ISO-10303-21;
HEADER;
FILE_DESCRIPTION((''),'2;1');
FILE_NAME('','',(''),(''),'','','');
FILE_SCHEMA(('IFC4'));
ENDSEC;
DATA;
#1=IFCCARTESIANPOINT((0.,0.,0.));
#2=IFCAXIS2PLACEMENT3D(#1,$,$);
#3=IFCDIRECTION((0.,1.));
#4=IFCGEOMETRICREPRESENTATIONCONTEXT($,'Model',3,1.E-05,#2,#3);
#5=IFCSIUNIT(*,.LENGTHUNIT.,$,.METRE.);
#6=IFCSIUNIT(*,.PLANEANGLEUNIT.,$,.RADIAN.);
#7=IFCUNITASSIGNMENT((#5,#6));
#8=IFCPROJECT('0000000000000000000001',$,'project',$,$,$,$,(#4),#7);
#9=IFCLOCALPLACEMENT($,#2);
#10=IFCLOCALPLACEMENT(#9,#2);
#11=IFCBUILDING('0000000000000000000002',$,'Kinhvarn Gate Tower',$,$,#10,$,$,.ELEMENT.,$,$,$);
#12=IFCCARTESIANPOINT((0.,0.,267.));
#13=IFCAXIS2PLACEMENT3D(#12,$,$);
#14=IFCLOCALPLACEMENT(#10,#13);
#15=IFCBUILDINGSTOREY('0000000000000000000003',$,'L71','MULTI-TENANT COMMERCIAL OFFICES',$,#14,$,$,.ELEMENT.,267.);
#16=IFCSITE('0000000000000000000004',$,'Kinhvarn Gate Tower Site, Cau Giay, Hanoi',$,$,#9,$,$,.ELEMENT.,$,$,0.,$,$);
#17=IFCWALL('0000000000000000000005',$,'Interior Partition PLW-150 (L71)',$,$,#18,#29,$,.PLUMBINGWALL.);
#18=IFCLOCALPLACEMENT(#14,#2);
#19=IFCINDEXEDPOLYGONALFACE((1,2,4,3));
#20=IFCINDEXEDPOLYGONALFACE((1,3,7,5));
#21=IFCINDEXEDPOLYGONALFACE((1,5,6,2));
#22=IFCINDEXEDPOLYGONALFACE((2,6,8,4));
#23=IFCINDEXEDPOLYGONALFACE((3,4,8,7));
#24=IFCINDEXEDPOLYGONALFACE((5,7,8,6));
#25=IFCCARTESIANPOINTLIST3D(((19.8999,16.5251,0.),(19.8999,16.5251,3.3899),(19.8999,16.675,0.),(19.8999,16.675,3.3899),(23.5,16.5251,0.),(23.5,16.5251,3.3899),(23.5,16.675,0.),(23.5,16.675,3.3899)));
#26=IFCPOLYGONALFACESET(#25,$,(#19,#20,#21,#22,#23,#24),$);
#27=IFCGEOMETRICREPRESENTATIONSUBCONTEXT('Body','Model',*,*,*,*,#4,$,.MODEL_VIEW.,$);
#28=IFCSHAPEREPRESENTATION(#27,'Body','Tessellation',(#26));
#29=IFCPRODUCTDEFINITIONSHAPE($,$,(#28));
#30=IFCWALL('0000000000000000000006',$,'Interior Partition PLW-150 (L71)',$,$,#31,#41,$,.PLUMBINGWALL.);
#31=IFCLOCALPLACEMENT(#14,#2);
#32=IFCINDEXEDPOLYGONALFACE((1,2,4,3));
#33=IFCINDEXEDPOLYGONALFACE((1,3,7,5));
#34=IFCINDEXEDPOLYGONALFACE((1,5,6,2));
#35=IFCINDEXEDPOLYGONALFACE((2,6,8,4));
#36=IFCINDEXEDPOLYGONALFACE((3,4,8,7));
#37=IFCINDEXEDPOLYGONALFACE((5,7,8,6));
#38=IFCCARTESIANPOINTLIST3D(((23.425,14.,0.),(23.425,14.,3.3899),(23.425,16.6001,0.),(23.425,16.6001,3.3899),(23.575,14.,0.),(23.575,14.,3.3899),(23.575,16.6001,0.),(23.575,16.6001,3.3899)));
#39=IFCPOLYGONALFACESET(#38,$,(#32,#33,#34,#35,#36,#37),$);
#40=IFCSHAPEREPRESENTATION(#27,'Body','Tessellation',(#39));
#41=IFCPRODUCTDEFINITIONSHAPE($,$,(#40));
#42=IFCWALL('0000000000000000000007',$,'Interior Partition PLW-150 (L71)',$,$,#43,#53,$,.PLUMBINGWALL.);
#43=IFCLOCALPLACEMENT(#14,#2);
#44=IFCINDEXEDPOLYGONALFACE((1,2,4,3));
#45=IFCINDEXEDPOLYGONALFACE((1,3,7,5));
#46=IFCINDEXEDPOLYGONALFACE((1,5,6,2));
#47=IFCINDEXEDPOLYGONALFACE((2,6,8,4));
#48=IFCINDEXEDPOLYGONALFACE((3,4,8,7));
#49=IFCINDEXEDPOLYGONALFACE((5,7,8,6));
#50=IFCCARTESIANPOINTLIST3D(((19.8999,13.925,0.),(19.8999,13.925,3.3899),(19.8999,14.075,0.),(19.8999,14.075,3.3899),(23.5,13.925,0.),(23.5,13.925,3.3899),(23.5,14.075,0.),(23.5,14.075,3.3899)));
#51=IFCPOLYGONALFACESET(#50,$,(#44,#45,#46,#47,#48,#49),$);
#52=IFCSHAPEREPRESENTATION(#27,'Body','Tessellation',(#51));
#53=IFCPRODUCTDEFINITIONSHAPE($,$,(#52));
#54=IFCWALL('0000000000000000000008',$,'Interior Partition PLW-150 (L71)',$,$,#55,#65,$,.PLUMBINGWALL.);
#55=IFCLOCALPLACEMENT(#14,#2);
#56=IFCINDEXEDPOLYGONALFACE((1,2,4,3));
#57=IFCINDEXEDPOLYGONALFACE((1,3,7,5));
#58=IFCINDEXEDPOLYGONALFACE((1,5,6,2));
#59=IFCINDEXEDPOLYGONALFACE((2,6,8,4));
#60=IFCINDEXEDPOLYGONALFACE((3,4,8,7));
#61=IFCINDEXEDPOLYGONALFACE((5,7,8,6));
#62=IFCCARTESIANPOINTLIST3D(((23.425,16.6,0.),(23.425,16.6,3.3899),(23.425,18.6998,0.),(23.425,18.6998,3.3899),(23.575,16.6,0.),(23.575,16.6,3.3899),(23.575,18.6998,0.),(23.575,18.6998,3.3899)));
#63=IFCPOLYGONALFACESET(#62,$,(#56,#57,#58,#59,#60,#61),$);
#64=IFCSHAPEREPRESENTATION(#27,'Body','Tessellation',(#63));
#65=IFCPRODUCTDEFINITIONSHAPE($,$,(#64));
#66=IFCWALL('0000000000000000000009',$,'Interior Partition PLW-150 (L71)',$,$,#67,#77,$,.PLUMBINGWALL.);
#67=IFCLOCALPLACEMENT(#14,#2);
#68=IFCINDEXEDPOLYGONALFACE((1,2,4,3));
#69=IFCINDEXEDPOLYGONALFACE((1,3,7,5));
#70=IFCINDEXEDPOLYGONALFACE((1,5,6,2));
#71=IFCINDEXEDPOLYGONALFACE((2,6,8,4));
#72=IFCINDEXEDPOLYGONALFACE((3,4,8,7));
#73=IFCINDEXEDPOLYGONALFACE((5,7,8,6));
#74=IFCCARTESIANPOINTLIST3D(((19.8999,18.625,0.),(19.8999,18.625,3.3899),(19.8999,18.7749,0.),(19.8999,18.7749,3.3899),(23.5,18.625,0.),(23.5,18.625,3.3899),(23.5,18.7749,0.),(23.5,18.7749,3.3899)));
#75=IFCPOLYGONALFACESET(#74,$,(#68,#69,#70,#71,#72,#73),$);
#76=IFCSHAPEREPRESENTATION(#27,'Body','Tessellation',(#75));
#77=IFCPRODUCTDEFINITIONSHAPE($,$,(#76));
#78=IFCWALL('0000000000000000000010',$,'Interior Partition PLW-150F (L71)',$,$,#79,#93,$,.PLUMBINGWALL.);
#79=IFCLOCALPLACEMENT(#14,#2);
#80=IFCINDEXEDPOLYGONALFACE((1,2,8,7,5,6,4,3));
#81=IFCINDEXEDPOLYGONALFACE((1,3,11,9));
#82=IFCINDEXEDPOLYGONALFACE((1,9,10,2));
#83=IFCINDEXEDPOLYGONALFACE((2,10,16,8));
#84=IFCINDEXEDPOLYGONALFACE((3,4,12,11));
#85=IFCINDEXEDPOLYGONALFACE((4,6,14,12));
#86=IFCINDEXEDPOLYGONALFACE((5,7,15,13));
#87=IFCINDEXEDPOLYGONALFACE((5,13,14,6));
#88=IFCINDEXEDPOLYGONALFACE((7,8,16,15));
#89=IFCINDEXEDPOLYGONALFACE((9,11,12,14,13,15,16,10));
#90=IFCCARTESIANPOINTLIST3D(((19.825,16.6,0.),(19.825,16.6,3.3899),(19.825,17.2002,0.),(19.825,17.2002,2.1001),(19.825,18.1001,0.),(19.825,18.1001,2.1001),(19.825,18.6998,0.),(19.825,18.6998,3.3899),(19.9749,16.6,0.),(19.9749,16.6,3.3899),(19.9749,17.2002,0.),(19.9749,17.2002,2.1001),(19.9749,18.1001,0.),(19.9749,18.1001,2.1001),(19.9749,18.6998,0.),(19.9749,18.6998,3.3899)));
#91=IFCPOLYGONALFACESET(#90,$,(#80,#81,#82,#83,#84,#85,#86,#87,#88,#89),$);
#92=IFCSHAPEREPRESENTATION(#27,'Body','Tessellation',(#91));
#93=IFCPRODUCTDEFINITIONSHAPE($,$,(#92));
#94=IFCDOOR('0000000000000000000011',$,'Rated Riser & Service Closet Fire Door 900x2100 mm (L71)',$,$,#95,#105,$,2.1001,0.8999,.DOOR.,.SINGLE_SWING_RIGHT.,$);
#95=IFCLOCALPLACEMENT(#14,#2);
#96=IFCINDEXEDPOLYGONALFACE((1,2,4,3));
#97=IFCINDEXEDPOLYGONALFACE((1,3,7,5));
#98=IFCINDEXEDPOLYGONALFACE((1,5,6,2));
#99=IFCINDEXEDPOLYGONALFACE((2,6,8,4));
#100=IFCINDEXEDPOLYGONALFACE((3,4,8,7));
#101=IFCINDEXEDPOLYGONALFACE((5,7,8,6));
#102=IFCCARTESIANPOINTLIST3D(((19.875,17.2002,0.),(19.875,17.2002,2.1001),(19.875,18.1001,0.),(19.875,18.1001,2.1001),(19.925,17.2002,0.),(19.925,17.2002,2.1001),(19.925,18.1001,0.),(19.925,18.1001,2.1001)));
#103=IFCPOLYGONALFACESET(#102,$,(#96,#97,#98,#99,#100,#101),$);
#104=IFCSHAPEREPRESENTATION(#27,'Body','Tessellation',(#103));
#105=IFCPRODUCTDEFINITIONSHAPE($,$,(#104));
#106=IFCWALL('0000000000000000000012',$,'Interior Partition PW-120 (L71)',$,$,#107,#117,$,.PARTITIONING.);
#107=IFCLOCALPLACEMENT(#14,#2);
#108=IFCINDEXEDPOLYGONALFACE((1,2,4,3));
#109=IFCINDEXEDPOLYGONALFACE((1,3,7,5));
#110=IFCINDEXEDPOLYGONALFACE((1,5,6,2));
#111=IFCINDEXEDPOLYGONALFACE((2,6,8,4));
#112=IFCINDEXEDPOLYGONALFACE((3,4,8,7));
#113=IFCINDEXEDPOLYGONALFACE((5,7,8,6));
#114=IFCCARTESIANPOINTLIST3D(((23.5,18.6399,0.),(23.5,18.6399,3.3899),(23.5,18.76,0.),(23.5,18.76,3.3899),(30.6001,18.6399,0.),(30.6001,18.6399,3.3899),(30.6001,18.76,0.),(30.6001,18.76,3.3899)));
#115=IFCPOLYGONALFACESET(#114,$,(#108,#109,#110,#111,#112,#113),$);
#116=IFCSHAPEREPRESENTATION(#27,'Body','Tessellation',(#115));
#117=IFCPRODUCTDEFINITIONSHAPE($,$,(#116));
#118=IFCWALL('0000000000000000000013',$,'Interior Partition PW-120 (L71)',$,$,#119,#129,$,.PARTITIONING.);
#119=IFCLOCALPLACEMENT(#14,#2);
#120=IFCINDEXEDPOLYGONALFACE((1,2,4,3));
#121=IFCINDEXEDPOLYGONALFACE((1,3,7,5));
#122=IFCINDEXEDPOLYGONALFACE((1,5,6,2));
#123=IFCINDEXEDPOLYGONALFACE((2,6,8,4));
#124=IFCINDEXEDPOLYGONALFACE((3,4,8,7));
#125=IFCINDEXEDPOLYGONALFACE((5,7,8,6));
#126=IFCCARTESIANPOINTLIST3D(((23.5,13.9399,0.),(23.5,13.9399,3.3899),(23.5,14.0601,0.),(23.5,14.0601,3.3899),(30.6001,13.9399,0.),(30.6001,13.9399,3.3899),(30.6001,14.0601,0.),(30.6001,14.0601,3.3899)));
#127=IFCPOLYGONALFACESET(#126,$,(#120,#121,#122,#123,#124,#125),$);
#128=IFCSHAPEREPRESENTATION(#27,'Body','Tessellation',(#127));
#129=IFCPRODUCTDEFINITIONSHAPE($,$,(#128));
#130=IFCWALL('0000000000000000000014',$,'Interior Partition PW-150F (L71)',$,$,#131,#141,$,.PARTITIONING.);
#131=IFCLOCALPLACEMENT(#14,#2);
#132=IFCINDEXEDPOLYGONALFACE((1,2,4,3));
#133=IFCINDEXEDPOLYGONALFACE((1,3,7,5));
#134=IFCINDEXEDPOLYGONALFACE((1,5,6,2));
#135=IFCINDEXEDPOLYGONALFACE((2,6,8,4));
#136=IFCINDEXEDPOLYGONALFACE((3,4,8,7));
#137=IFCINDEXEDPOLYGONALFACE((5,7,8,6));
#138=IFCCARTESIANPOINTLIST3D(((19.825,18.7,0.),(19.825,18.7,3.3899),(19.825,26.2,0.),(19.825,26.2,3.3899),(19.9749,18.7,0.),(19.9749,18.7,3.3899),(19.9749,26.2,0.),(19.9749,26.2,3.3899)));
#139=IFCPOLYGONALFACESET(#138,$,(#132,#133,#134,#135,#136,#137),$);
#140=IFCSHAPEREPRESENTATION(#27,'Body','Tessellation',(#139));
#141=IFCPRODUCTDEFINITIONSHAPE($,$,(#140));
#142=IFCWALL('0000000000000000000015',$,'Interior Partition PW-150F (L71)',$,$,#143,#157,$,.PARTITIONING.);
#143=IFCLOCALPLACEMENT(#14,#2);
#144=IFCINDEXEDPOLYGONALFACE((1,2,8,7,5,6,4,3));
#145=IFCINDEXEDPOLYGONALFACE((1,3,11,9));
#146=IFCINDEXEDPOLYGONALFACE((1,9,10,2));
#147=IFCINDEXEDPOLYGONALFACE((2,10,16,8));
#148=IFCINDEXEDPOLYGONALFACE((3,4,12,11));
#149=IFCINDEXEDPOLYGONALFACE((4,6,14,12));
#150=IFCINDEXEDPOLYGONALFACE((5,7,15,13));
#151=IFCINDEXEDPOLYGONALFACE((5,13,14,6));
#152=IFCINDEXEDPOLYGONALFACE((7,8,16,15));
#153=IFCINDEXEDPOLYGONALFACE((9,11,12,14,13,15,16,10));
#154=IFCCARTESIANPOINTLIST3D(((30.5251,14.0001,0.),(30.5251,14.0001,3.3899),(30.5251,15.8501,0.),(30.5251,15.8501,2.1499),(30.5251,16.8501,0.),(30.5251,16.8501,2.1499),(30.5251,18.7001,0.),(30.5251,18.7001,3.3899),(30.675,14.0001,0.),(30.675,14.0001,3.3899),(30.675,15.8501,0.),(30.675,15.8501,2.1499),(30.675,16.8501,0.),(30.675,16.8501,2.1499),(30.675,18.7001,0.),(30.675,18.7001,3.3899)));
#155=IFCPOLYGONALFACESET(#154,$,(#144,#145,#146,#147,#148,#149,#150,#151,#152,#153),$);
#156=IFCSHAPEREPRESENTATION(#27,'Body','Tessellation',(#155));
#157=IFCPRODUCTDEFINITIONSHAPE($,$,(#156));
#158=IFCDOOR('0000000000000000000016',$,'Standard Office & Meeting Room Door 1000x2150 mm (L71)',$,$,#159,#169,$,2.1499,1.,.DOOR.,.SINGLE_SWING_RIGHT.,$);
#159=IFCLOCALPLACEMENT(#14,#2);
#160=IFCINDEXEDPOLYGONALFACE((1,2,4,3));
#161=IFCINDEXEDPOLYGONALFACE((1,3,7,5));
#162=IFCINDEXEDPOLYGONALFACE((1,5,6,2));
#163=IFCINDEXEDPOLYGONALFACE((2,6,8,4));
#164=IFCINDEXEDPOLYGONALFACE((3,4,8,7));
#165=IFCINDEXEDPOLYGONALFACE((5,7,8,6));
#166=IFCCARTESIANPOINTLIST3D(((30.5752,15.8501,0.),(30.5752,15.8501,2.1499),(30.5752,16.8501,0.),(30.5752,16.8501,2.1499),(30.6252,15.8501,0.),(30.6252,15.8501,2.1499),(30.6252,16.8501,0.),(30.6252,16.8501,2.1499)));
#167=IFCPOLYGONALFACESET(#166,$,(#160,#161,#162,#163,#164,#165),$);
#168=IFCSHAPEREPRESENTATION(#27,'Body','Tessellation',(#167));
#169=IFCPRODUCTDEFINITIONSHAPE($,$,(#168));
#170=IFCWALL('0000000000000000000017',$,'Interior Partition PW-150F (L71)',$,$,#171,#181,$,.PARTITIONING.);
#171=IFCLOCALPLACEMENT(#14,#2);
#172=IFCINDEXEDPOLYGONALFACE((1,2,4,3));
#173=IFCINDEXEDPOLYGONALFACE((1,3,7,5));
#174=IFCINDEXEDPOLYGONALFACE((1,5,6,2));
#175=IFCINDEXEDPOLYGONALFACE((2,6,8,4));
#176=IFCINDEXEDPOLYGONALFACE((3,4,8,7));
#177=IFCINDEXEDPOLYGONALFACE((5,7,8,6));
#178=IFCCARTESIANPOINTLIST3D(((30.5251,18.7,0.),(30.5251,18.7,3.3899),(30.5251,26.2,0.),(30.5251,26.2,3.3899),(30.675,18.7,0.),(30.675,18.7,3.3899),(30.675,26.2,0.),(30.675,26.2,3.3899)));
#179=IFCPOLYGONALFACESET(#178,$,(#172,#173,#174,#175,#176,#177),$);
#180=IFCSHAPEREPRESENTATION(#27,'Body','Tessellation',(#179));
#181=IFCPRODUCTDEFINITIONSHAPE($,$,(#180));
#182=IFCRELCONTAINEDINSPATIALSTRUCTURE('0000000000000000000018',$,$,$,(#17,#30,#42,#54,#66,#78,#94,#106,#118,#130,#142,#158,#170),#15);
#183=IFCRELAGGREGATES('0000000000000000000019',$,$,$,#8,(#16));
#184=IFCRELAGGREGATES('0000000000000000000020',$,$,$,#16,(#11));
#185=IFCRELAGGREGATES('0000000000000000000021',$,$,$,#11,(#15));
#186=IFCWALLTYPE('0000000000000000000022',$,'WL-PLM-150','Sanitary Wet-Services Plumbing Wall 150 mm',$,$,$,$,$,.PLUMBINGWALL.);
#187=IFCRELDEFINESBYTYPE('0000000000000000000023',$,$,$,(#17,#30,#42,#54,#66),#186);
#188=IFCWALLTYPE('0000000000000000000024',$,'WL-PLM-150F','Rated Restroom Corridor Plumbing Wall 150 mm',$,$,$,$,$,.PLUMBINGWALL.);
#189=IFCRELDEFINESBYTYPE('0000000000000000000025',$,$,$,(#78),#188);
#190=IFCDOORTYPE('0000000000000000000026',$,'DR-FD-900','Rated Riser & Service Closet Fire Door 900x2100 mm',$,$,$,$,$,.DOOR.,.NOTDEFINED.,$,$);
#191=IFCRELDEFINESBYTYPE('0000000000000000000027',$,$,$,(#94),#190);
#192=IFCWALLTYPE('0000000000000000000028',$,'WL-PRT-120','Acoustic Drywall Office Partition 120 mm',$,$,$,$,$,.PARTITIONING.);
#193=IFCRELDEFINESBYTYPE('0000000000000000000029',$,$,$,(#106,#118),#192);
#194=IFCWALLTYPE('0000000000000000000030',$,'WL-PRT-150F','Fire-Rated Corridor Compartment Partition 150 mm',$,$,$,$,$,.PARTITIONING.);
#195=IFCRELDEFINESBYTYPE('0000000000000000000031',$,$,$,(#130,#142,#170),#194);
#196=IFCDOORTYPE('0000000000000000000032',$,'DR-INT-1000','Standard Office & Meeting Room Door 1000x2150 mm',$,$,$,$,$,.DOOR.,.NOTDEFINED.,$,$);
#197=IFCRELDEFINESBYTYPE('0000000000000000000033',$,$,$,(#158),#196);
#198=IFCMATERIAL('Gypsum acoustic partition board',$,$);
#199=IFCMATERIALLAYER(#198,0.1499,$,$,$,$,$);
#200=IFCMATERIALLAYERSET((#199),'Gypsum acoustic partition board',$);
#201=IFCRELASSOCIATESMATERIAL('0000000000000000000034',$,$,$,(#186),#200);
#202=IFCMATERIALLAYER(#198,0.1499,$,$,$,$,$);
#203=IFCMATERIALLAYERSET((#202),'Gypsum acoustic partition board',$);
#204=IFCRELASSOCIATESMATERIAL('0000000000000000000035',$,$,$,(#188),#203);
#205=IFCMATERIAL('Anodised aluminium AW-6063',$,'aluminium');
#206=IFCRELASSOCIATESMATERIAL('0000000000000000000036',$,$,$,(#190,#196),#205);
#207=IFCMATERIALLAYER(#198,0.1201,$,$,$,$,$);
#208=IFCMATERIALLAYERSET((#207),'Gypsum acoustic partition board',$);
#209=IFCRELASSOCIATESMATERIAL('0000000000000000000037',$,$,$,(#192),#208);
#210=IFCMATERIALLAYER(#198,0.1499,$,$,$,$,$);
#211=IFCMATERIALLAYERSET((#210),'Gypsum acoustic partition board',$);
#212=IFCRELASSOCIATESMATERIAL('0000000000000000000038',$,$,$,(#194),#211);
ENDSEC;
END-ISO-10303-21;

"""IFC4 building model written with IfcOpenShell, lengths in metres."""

from ifc_helpers import new_model, si_unit, direction, frame, frame_2d, origin, place, context, subcontext, project, spatial, rectangle, extrude, material, layer, layer_set, type_object, element, fill, save


model = new_model("IFC4")

# Units and contexts
model_context = context("Model", 3, precision=1e-05, world=origin(), true_north=direction((0.0, 1.0)))
body_context = subcontext(model_context, "Body", "Model", "MODEL_VIEW")
ifc_project = project(units=[si_unit("LENGTHUNIT", "METRE"), si_unit("PLANEANGLEUNIT", "RADIAN")], contexts=[model_context])

# Site, building, storey
site_placement = place(None, origin())
site = spatial("IfcSite", under=ifc_project, at=site_placement, Name="Kinhvarn Gate Tower Site, Cau Giay, Hanoi", CompositionType="ELEMENT", RefElevation=0.0)
building_placement = place(site_placement, origin())
building = spatial("IfcBuilding", under=site, at=building_placement, Name="Kinhvarn Gate Tower", CompositionType="ELEMENT")
storey_placement = place(building_placement, frame((0.0, 0.0, 267.0)))
storey = spatial("IfcBuildingStorey", under=building, at=storey_placement, Name="L71", Description="MULTI-TENANT COMMERCIAL OFFICES", CompositionType="ELEMENT", Elevation=267.0)

# Walls
ifc_material_1 = material(Name="Gypsum acoustic partition board")
ifc_layer_1 = layer(ifc_material_1, 0.1499)
ifc_layer_set_1 = layer_set([ifc_layer_1], Name="Gypsum acoustic partition board")
wall_type_1 = type_object("IfcWallType", Name="WL-PLM-150", Description="Sanitary Wet-Services Plumbing Wall 150 mm", PredefinedType="PLUMBINGWALL", material=ifc_layer_set_1)
wall_1_placement = place(storey_placement, frame((19.8999, 16.6001, 0.0), z_axis=(0.0, 0.0, 1.0), x_axis=(1.0, 0.0, 0.0)))
element("IfcWall", 1, at=wall_1_placement, inside=storey, type_object=wall_type_1, Name="Interior Partition PLW-150 (L71)", PredefinedType="PLUMBINGWALL", context=body_context, shape_type="SweptSolid", body=[
    extrude(rectangle(XDim=3.6001, YDim=0.1499, at=frame_2d((1.8, 0.0))), origin(), (0.0, 0.0, 1.0), 3.3899),
])
wall_2_placement = place(storey_placement, frame((23.5, 14.0, 0.0), z_axis=(0.0, 0.0, 1.0), x_axis=(0.0, 1.0, 0.0)))
element("IfcWall", 2, at=wall_2_placement, inside=storey, type_object=wall_type_1, Name="Interior Partition PLW-150 (L71)", PredefinedType="PLUMBINGWALL", context=body_context, shape_type="SweptSolid", body=[
    extrude(rectangle(XDim=2.6001, YDim=0.1499, at=frame_2d((1.3, 0.0))), origin(), (0.0, 0.0, 1.0), 3.3899),
])
wall_3_placement = place(storey_placement, frame((19.8999, 14.0, 0.0), z_axis=(0.0, 0.0, 1.0), x_axis=(1.0, 0.0, 0.0)))
element("IfcWall", 3, at=wall_3_placement, inside=storey, type_object=wall_type_1, Name="Interior Partition PLW-150 (L71)", PredefinedType="PLUMBINGWALL", context=body_context, shape_type="SweptSolid", body=[
    extrude(rectangle(XDim=3.6001, YDim=0.1499, at=frame_2d((1.8, 0.0))), origin(), (0.0, 0.0, 1.0), 3.3899),
])
wall_4_placement = place(storey_placement, frame((23.5, 16.6001, 0.0), z_axis=(0.0, 0.0, 1.0), x_axis=(0.0, 1.0, 0.0)))
element("IfcWall", 4, at=wall_4_placement, inside=storey, type_object=wall_type_1, Name="Interior Partition PLW-150 (L71)", PredefinedType="PLUMBINGWALL", context=body_context, shape_type="SweptSolid", body=[
    extrude(rectangle(XDim=2.0999, YDim=0.1499, at=frame_2d((1.0498, 0.0))), origin(), (0.0, 0.0, 1.0), 3.3899),
])
wall_5_placement = place(storey_placement, frame((19.8999, 18.7, 0.0), z_axis=(0.0, 0.0, 1.0), x_axis=(1.0, 0.0, 0.0)))
element("IfcWall", 5, at=wall_5_placement, inside=storey, type_object=wall_type_1, Name="Interior Partition PLW-150 (L71)", PredefinedType="PLUMBINGWALL", context=body_context, shape_type="SweptSolid", body=[
    extrude(rectangle(XDim=3.6001, YDim=0.1499, at=frame_2d((1.8, 0.0))), origin(), (0.0, 0.0, 1.0), 3.3899),
])

# Wall, opening, door
ifc_layer_2 = layer(ifc_material_1, 0.1499)
ifc_layer_set_2 = layer_set([ifc_layer_2], Name="Gypsum acoustic partition board")
wall_type_2 = type_object("IfcWallType", Name="WL-PLM-150F", Description="Rated Restroom Corridor Plumbing Wall 150 mm", PredefinedType="PLUMBINGWALL", material=ifc_layer_set_2)
wall_6_placement = place(storey_placement, frame((19.8999, 16.6001, 0.0), z_axis=(0.0, 0.0, 1.0), x_axis=(0.0, 1.0, 0.0)))
wall_6 = element("IfcWall", 6, at=wall_6_placement, inside=storey, type_object=wall_type_2, Name="Interior Partition PLW-150F (L71)", PredefinedType="PLUMBINGWALL", context=body_context, shape_type="SweptSolid", body=[
    extrude(rectangle(XDim=2.0999, YDim=0.1499, at=frame_2d((1.0498, 0.0))), origin(), (0.0, 0.0, 1.0), 3.3899),
])
opening_1_placement = place(wall_6_placement, frame((0.6001, 0.0, 0.0)))
opening_1 = element("IfcOpeningElement", 7, at=opening_1_placement, cuts=wall_6, PredefinedType="OPENING", context=body_context, shape_type="SweptSolid", body=[
    extrude(rectangle(XDim=0.8999, YDim=2.1001, at=frame_2d((0.45, 1.05))), frame((0.0, 0.085, 0.0), z_axis=(0.0, -1.0, 0.0), x_axis=(1.0, 0.0, 0.0)), (0.0, 0.0, 1.0), 0.1699),
])
ifc_material_2 = material(Name="Anodised aluminium AW-6063", Category="aluminium")
door_type_1 = type_object("IfcDoorType", Name="DR-FD-900", Description="Rated Riser & Service Closet Fire Door 900x2100 mm", OperationType="NOTDEFINED", PredefinedType="DOOR", material=ifc_material_2)
door_1_placement = place(opening_1_placement, origin())
door_1 = element("IfcDoor", 8, at=door_1_placement, inside=storey, type_object=door_type_1, Name="Rated Riser & Service Closet Fire Door 900x2100 mm (L71)", OperationType="SINGLE_SWING_RIGHT", OverallHeight=2.1001, OverallWidth=0.8999, PredefinedType="DOOR", context=body_context, shape_type="SweptSolid", body=[
    extrude(rectangle(XDim=0.8999, YDim=2.1001, at=frame_2d((0.45, 1.05))), frame((0.0, 0.0249, 0.0), z_axis=(0.0, -1.0, 0.0), x_axis=(1.0, 0.0, 0.0)), (0.0, 0.0, 1.0), 0.05),
])
fill(opening_1, door_1)

# Walls
ifc_layer_3 = layer(ifc_material_1, 0.1201)
ifc_layer_set_3 = layer_set([ifc_layer_3], Name="Gypsum acoustic partition board")
wall_type_3 = type_object("IfcWallType", Name="WL-PRT-120", Description="Acoustic Drywall Office Partition 120 mm", PredefinedType="PARTITIONING", material=ifc_layer_set_3)
for number, where, z_axis, x_axis, name in (
    (9, (23.5, 18.7, 0.0), (0.0, 0.0, 1.0), (1.0, 0.0, 0.0), "Interior Partition PW-120 (L71)"),
    (10, (23.5, 14.0, 0.0), (0.0, 0.0, 1.0), (1.0, 0.0, 0.0), "Interior Partition PW-120 (L71)"),
):
    element("IfcWall", number, at=place(storey_placement, frame(where, z_axis=z_axis, x_axis=x_axis)), inside=storey, type_object=wall_type_3, Name=name, PredefinedType="PARTITIONING", context=body_context, shape_type="SweptSolid", body=[
        extrude(rectangle(XDim=7.1001, YDim=0.1201, at=frame_2d((3.55, 0.0))), origin(), (0.0, 0.0, 1.0), 3.3899),
    ])
ifc_layer_4 = layer(ifc_material_1, 0.1499)
ifc_layer_set_4 = layer_set([ifc_layer_4], Name="Gypsum acoustic partition board")
wall_type_4 = type_object("IfcWallType", Name="WL-PRT-150F", Description="Fire-Rated Corridor Compartment Partition 150 mm", PredefinedType="PARTITIONING", material=ifc_layer_set_4)
wall_7_placement = place(storey_placement, frame((19.8999, 18.7, 0.0), z_axis=(0.0, 0.0, 1.0), x_axis=(0.0, 1.0, 0.0)))
element("IfcWall", 11, at=wall_7_placement, inside=storey, type_object=wall_type_4, Name="Interior Partition PW-150F (L71)", PredefinedType="PARTITIONING", context=body_context, shape_type="SweptSolid", body=[
    extrude(rectangle(XDim=7.5, YDim=0.1499, at=frame_2d((3.75, 0.0))), origin(), (0.0, 0.0, 1.0), 3.3899),
])

# Wall, opening, door
wall_8_placement = place(storey_placement, frame((30.6001, 14.0, 0.0), z_axis=(0.0, 0.0, 1.0), x_axis=(0.0, 1.0, 0.0)))
wall_8 = element("IfcWall", 12, at=wall_8_placement, inside=storey, type_object=wall_type_4, Name="Interior Partition PW-150F (L71)", PredefinedType="PARTITIONING", context=body_context, shape_type="SweptSolid", body=[
    extrude(rectangle(XDim=4.7, YDim=0.1499, at=frame_2d((2.3501, 0.0))), origin(), (0.0, 0.0, 1.0), 3.3899),
])
opening_2_placement = place(wall_8_placement, frame((1.8501, 0.0, 0.0)))
opening_2 = element("IfcOpeningElement", 13, at=opening_2_placement, cuts=wall_8, PredefinedType="OPENING", context=body_context, shape_type="SweptSolid", body=[
    extrude(rectangle(XDim=1.0, YDim=2.1499, at=frame_2d((0.5, 1.075))), frame((0.0, 0.085, 0.0), z_axis=(0.0, -1.0, 0.0), x_axis=(1.0, 0.0, 0.0)), (0.0, 0.0, 1.0), 0.1699),
])
door_type_2 = type_object("IfcDoorType", Name="DR-INT-1000", Description="Standard Office & Meeting Room Door 1000x2150 mm", OperationType="NOTDEFINED", PredefinedType="DOOR", material=ifc_material_2)
door_2_placement = place(opening_2_placement, origin())
door_2 = element("IfcDoor", 14, at=door_2_placement, inside=storey, type_object=door_type_2, Name="Standard Office & Meeting Room Door 1000x2150 mm (L71)", OperationType="SINGLE_SWING_RIGHT", OverallHeight=2.1499, OverallWidth=1.0, PredefinedType="DOOR", context=body_context, shape_type="SweptSolid", body=[
    extrude(rectangle(XDim=1.0, YDim=2.1499, at=frame_2d((0.5, 1.075))), frame((0.0, 0.0249, 0.0), z_axis=(0.0, -1.0, 0.0), x_axis=(1.0, 0.0, 0.0)), (0.0, 0.0, 1.0), 0.05),
])
fill(opening_2, door_2)

# Wall
wall_9_placement = place(storey_placement, frame((30.6001, 18.7, 0.0), z_axis=(0.0, 0.0, 1.0), x_axis=(0.0, 1.0, 0.0)))
element("IfcWall", 15, at=wall_9_placement, inside=storey, type_object=wall_type_4, Name="Interior Partition PW-150F (L71)", PredefinedType="PARTITIONING", context=body_context, shape_type="SweptSolid", body=[
    extrude(rectangle(XDim=7.5, YDim=0.1499, at=frame_2d((3.75, 0.0))), origin(), (0.0, 0.0, 1.0), 3.3899),
])

save(model, "model.ifc")
